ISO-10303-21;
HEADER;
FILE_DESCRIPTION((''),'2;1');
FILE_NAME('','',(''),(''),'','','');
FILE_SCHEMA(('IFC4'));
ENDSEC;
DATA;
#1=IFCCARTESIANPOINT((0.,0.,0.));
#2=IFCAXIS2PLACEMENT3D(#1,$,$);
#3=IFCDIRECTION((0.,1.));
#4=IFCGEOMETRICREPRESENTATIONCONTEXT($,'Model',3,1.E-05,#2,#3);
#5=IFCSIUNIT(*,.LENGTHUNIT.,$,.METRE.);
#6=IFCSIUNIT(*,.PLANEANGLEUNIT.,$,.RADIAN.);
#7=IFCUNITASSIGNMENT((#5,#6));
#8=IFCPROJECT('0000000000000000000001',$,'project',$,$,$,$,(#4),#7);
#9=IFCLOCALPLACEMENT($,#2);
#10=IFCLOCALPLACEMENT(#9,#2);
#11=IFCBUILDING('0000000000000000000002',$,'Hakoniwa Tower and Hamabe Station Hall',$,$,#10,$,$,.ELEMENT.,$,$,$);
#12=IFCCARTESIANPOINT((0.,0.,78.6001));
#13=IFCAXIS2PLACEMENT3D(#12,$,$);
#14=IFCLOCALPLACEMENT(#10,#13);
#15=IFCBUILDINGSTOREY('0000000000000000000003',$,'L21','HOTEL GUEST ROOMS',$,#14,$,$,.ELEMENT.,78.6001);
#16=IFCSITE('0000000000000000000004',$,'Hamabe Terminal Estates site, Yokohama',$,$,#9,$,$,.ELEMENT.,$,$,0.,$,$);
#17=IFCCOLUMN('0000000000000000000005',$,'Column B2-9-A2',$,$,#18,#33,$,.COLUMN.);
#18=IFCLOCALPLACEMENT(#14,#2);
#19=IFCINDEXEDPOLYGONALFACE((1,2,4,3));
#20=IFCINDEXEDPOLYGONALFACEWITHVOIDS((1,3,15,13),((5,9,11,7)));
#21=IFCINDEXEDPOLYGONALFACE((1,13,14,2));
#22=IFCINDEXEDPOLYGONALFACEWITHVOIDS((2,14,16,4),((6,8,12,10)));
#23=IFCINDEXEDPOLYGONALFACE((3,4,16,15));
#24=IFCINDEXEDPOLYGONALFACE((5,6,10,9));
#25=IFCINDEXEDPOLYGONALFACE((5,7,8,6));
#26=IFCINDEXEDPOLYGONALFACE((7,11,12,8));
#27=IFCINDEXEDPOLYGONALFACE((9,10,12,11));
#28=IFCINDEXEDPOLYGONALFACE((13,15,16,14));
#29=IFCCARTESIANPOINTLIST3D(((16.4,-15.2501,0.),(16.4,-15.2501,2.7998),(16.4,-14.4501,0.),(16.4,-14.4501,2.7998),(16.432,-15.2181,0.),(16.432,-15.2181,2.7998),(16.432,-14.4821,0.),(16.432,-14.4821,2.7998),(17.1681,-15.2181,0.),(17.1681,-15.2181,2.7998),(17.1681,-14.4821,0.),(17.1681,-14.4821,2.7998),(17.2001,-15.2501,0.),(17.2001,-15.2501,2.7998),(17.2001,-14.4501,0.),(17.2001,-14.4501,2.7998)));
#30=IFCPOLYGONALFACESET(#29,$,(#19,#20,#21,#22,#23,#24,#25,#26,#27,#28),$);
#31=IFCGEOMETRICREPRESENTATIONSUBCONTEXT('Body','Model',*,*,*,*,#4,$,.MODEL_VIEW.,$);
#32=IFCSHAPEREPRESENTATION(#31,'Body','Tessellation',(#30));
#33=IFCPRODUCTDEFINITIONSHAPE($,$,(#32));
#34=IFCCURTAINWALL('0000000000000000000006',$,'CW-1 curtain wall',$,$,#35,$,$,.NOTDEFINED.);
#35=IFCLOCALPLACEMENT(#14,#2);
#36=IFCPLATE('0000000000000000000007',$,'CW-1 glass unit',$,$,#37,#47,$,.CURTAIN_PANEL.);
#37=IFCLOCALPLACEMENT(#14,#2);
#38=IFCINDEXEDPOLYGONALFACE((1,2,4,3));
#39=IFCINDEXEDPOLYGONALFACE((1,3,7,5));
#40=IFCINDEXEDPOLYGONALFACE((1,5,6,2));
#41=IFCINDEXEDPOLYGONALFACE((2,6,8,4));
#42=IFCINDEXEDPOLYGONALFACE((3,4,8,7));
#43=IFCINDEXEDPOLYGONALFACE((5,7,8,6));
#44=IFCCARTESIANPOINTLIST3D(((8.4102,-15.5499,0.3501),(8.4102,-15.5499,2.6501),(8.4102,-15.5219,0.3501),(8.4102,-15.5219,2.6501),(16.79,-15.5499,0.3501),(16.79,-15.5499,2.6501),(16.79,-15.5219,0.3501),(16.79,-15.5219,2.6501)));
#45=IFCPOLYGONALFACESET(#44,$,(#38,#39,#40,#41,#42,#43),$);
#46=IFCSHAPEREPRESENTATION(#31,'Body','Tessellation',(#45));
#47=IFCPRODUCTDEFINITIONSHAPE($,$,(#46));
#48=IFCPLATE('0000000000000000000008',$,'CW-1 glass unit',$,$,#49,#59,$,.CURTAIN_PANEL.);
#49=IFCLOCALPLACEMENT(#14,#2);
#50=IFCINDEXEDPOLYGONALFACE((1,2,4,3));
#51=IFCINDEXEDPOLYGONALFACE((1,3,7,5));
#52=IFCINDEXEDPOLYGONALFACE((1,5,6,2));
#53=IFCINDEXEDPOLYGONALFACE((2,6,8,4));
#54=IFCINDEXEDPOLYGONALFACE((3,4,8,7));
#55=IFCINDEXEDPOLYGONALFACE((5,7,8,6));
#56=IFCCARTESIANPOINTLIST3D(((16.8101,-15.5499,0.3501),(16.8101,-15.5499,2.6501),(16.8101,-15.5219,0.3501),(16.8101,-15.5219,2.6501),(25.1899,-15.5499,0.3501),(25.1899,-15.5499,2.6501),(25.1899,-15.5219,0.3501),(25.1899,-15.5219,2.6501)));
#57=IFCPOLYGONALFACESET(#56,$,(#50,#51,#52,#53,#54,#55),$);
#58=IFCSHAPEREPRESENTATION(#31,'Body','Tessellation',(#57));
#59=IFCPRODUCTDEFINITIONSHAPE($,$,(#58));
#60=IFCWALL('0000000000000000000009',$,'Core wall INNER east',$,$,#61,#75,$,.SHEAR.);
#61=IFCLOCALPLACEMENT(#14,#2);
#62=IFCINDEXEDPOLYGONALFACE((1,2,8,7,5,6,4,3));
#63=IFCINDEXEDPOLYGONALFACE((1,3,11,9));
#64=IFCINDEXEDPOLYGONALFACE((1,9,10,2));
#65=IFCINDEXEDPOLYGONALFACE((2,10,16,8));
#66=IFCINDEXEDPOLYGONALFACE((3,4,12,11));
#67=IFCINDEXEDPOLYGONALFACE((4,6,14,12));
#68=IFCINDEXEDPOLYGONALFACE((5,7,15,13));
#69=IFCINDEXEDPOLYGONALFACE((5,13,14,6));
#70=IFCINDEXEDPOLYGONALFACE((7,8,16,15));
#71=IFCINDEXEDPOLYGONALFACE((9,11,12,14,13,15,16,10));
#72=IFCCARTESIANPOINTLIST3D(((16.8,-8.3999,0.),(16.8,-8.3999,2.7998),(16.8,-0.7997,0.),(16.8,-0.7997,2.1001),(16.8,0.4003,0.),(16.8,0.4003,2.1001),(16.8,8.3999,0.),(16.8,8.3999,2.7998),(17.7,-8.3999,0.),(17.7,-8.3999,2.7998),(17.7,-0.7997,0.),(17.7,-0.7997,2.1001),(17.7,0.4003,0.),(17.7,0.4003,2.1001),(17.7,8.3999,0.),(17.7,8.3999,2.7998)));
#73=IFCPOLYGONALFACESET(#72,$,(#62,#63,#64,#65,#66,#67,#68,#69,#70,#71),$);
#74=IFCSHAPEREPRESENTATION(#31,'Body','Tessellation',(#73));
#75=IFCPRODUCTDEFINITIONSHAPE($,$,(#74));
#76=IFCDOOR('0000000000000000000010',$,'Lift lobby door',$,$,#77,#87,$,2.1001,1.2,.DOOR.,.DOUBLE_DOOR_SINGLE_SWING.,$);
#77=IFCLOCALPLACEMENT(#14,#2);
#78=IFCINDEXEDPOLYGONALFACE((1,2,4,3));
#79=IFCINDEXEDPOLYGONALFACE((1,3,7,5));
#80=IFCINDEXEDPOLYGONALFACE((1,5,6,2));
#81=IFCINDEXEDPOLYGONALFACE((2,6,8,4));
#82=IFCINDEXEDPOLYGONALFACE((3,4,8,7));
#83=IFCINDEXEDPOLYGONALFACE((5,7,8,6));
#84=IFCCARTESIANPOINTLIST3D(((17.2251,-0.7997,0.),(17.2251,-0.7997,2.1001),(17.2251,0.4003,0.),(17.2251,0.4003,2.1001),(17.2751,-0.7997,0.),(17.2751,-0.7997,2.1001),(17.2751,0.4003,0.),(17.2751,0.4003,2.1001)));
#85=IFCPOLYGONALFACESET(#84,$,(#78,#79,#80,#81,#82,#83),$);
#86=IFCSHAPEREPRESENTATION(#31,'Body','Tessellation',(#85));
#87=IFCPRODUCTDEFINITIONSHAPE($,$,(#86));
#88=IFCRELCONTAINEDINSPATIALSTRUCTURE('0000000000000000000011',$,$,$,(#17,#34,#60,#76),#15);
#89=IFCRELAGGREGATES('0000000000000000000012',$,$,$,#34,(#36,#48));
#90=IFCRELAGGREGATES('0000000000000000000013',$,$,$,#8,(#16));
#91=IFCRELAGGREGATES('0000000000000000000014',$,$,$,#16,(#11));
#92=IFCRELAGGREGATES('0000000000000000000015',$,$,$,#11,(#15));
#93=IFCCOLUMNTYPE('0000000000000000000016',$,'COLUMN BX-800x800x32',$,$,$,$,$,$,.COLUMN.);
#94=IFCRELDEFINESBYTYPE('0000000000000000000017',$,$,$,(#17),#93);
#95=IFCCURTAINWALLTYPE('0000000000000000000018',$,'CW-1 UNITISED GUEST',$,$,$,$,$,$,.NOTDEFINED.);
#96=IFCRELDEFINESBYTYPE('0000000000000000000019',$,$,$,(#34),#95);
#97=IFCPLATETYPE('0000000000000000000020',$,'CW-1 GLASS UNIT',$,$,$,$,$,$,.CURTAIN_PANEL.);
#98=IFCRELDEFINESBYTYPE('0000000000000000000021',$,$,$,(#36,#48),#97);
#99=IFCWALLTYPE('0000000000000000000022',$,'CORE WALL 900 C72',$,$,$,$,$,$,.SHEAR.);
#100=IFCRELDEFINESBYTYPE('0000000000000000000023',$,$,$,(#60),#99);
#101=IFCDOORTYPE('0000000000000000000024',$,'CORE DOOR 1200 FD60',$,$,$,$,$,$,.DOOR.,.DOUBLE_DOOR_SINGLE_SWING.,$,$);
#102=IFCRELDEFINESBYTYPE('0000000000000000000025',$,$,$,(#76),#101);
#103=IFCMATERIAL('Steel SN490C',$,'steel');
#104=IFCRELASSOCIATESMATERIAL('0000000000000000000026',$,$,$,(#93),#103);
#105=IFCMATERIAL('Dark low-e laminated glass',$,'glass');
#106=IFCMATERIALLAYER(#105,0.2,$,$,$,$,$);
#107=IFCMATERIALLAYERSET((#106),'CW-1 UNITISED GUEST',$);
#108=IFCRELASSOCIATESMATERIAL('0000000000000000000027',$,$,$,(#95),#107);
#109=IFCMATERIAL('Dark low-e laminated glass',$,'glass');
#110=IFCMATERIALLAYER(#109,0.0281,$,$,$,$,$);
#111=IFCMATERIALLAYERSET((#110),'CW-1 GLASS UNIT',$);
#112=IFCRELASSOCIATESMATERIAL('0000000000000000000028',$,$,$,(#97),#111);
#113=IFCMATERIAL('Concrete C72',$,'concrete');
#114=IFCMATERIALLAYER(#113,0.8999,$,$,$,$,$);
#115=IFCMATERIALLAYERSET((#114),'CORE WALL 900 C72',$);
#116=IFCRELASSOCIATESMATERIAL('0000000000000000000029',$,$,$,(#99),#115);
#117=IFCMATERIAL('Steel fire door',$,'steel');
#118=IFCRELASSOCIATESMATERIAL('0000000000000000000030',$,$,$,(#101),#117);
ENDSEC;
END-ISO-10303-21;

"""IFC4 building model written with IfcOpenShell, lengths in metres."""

from ifc_helpers import new_model, si_unit, direction, frame, frame_2d, origin, origin_2d, place, context, subcontext, project, spatial, rectangle, hollow_rectangle, extrude, material, layer, layer_set, material_profile, profile_set, type_object, element, fill, aggregate, save


model = new_model("IFC4")

# Units and contexts
model_context = context("Model", 3, precision=1e-05, world=origin(), true_north=direction((0.0, 1.0)))
body_context = subcontext(model_context, "Body", "Model", "MODEL_VIEW")
ifc_project = project(units=[si_unit("LENGTHUNIT", "METRE"), si_unit("PLANEANGLEUNIT", "RADIAN")], contexts=[model_context])

# Site, building, storey
site_placement = place(None, origin())
site = spatial("IfcSite", under=ifc_project, at=site_placement, Name="Hamabe Terminal Estates site, Yokohama", CompositionType="ELEMENT", RefElevation=0.0)
building_placement = place(site_placement, origin())
building = spatial("IfcBuilding", under=site, at=building_placement, Name="Hakoniwa Tower and Hamabe Station Hall", CompositionType="ELEMENT")
storey_placement = place(building_placement, frame((0.0, 0.0, 78.6001)))
storey = spatial("IfcBuildingStorey", under=building, at=storey_placement, Name="L21", Description="HOTEL GUEST ROOMS", CompositionType="ELEMENT", Elevation=78.6001)

# Column
ifc_material_1 = material(Name="Steel SN490C", Category="steel")
ifc_material_profile = material_profile(ifc_material_1, hollow_rectangle(XDim=0.8, YDim=0.8, WallThickness=0.032, at=origin_2d()), Name="BX-800x800x32")
ifc_profile_set = profile_set([ifc_material_profile], Name="Steel SN490C")
column_type = type_object("IfcColumnType", Name="COLUMN BX-800x800x32", PredefinedType="COLUMN", material=ifc_profile_set)
column_placement = place(storey_placement, frame((16.8, -14.8501, 0.0), z_axis=(0.0, 0.0, 1.0), x_axis=(1.0, 0.0, 0.0)))
element("IfcColumn", 1, at=column_placement, inside=storey, type_object=column_type, Name="Column B2-9-A2", PredefinedType="COLUMN", context=body_context, shape_type="SweptSolid", body=[
    extrude(hollow_rectangle(XDim=0.8, YDim=0.8, WallThickness=0.032, at=origin_2d()), origin(), (0.0, 0.0, 1.0), 2.7998),
])

# Curtain wall, plates
ifc_material_2 = material(Name="Dark low-e laminated glass", Category="glass")
ifc_layer_1 = layer(ifc_material_2, 0.2)
ifc_layer_set_1 = layer_set([ifc_layer_1], Name="CW-1 UNITISED GUEST")
curtain_wall_type = type_object("IfcCurtainWallType", Name="CW-1 UNITISED GUEST", PredefinedType="NOTDEFINED", material=ifc_layer_set_1)
curtain_wall_placement = place(storey_placement, origin())
curtain_wall = element("IfcCurtainWall", 2, at=curtain_wall_placement, inside=storey, type_object=curtain_wall_type, Name="CW-1 curtain wall", PredefinedType="NOTDEFINED")
ifc_material_3 = material(Name="Dark low-e laminated glass", Category="glass")
ifc_layer_2 = layer(ifc_material_3, 0.0281)
ifc_layer_set_2 = layer_set([ifc_layer_2], Name="CW-1 GLASS UNIT")
plate_type = type_object("IfcPlateType", Name="CW-1 GLASS UNIT", PredefinedType="CURTAIN_PANEL", material=ifc_layer_set_2)
plate_1_placement = place(storey_placement, frame((12.6001, -15.5359, 0.3501), z_axis=(0.0, 0.0, 1.0), x_axis=(1.0, 0.0, 0.0)))
plate_1 = element("IfcPlate", 3, at=plate_1_placement, type_object=plate_type, Name="CW-1 glass unit", PredefinedType="CURTAIN_PANEL", context=body_context, shape_type="SweptSolid", body=[
    extrude(rectangle(XDim=8.3799, YDim=0.0281, at=origin_2d()), origin(), (0.0, 0.0, 1.0), 2.3),
])
plate_2_placement = place(storey_placement, frame((21.0, -15.5359, 0.3501), z_axis=(0.0, 0.0, 1.0), x_axis=(1.0, 0.0, 0.0)))
plate_2 = element("IfcPlate", 4, at=plate_2_placement, type_object=plate_type, Name="CW-1 glass unit", PredefinedType="CURTAIN_PANEL", context=body_context, shape_type="SweptSolid", body=[
    extrude(rectangle(XDim=8.3799, YDim=0.0281, at=origin_2d()), origin(), (0.0, 0.0, 1.0), 2.3),
])
aggregate(curtain_wall, [plate_1, plate_2])

# Wall, opening, door
ifc_material_4 = material(Name="Concrete C72", Category="concrete")
ifc_layer_3 = layer(ifc_material_4, 0.8999)
ifc_layer_set_3 = layer_set([ifc_layer_3], Name="CORE WALL 900 C72")
wall_type_1 = type_object("IfcWallType", Name="CORE WALL 900 C72", PredefinedType="SHEAR", material=ifc_layer_set_3)
wall_1_placement = place(storey_placement, frame((17.25, -8.3999, 0.0), z_axis=(0.0, 0.0, 1.0), x_axis=(0.0, 1.0, 0.0)))
wall_1 = element("IfcWall", 5, at=wall_1_placement, inside=storey, type_object=wall_type_1, Name="Core wall INNER east", PredefinedType="SHEAR", context=body_context, shape_type="SweptSolid", body=[
    extrude(rectangle(XDim=16.7998, YDim=0.8999, at=frame_2d((8.3999, 0.0))), origin(), (0.0, 0.0, 1.0), 2.7998),
])
opening_1_placement = place(wall_1_placement, frame((7.6001, 0.0, 0.0)))
opening_1 = element("IfcOpeningElement", 6, at=opening_1_placement, cuts=wall_1, PredefinedType="OPENING", context=body_context, shape_type="SweptSolid", body=[
    extrude(rectangle(XDim=1.2, YDim=2.1001, at=frame_2d((0.6001, 1.05))), frame((0.0, 0.46, 0.0), z_axis=(0.0, -1.0, 0.0), x_axis=(1.0, 0.0, 0.0)), (0.0, 0.0, 1.0), 0.9199),
])
ifc_material_5 = material(Name="Steel fire door", Category="steel")
door_type_1 = type_object("IfcDoorType", Name="CORE DOOR 1200 FD60", OperationType="DOUBLE_DOOR_SINGLE_SWING", PredefinedType="DOOR", material=ifc_material_5)
door_1_placement = place(opening_1_placement, origin())
door_1 = element("IfcDoor", 7, at=door_1_placement, inside=storey, type_object=door_type_1, Name="Lift lobby door", OperationType="DOUBLE_DOOR_SINGLE_SWING", OverallHeight=2.1001, OverallWidth=1.2, PredefinedType="DOOR", context=body_context, shape_type="SweptSolid", body=[
    extrude(rectangle(XDim=1.2, YDim=2.1001, at=frame_2d((0.6001, 1.05))), frame((0.0, 0.0249, 0.0), z_axis=(0.0, -1.0, 0.0), x_axis=(1.0, 0.0, 0.0)), (0.0, 0.0, 1.0), 0.05),
])
fill(opening_1, door_1)

save(model, "model.ifc")
